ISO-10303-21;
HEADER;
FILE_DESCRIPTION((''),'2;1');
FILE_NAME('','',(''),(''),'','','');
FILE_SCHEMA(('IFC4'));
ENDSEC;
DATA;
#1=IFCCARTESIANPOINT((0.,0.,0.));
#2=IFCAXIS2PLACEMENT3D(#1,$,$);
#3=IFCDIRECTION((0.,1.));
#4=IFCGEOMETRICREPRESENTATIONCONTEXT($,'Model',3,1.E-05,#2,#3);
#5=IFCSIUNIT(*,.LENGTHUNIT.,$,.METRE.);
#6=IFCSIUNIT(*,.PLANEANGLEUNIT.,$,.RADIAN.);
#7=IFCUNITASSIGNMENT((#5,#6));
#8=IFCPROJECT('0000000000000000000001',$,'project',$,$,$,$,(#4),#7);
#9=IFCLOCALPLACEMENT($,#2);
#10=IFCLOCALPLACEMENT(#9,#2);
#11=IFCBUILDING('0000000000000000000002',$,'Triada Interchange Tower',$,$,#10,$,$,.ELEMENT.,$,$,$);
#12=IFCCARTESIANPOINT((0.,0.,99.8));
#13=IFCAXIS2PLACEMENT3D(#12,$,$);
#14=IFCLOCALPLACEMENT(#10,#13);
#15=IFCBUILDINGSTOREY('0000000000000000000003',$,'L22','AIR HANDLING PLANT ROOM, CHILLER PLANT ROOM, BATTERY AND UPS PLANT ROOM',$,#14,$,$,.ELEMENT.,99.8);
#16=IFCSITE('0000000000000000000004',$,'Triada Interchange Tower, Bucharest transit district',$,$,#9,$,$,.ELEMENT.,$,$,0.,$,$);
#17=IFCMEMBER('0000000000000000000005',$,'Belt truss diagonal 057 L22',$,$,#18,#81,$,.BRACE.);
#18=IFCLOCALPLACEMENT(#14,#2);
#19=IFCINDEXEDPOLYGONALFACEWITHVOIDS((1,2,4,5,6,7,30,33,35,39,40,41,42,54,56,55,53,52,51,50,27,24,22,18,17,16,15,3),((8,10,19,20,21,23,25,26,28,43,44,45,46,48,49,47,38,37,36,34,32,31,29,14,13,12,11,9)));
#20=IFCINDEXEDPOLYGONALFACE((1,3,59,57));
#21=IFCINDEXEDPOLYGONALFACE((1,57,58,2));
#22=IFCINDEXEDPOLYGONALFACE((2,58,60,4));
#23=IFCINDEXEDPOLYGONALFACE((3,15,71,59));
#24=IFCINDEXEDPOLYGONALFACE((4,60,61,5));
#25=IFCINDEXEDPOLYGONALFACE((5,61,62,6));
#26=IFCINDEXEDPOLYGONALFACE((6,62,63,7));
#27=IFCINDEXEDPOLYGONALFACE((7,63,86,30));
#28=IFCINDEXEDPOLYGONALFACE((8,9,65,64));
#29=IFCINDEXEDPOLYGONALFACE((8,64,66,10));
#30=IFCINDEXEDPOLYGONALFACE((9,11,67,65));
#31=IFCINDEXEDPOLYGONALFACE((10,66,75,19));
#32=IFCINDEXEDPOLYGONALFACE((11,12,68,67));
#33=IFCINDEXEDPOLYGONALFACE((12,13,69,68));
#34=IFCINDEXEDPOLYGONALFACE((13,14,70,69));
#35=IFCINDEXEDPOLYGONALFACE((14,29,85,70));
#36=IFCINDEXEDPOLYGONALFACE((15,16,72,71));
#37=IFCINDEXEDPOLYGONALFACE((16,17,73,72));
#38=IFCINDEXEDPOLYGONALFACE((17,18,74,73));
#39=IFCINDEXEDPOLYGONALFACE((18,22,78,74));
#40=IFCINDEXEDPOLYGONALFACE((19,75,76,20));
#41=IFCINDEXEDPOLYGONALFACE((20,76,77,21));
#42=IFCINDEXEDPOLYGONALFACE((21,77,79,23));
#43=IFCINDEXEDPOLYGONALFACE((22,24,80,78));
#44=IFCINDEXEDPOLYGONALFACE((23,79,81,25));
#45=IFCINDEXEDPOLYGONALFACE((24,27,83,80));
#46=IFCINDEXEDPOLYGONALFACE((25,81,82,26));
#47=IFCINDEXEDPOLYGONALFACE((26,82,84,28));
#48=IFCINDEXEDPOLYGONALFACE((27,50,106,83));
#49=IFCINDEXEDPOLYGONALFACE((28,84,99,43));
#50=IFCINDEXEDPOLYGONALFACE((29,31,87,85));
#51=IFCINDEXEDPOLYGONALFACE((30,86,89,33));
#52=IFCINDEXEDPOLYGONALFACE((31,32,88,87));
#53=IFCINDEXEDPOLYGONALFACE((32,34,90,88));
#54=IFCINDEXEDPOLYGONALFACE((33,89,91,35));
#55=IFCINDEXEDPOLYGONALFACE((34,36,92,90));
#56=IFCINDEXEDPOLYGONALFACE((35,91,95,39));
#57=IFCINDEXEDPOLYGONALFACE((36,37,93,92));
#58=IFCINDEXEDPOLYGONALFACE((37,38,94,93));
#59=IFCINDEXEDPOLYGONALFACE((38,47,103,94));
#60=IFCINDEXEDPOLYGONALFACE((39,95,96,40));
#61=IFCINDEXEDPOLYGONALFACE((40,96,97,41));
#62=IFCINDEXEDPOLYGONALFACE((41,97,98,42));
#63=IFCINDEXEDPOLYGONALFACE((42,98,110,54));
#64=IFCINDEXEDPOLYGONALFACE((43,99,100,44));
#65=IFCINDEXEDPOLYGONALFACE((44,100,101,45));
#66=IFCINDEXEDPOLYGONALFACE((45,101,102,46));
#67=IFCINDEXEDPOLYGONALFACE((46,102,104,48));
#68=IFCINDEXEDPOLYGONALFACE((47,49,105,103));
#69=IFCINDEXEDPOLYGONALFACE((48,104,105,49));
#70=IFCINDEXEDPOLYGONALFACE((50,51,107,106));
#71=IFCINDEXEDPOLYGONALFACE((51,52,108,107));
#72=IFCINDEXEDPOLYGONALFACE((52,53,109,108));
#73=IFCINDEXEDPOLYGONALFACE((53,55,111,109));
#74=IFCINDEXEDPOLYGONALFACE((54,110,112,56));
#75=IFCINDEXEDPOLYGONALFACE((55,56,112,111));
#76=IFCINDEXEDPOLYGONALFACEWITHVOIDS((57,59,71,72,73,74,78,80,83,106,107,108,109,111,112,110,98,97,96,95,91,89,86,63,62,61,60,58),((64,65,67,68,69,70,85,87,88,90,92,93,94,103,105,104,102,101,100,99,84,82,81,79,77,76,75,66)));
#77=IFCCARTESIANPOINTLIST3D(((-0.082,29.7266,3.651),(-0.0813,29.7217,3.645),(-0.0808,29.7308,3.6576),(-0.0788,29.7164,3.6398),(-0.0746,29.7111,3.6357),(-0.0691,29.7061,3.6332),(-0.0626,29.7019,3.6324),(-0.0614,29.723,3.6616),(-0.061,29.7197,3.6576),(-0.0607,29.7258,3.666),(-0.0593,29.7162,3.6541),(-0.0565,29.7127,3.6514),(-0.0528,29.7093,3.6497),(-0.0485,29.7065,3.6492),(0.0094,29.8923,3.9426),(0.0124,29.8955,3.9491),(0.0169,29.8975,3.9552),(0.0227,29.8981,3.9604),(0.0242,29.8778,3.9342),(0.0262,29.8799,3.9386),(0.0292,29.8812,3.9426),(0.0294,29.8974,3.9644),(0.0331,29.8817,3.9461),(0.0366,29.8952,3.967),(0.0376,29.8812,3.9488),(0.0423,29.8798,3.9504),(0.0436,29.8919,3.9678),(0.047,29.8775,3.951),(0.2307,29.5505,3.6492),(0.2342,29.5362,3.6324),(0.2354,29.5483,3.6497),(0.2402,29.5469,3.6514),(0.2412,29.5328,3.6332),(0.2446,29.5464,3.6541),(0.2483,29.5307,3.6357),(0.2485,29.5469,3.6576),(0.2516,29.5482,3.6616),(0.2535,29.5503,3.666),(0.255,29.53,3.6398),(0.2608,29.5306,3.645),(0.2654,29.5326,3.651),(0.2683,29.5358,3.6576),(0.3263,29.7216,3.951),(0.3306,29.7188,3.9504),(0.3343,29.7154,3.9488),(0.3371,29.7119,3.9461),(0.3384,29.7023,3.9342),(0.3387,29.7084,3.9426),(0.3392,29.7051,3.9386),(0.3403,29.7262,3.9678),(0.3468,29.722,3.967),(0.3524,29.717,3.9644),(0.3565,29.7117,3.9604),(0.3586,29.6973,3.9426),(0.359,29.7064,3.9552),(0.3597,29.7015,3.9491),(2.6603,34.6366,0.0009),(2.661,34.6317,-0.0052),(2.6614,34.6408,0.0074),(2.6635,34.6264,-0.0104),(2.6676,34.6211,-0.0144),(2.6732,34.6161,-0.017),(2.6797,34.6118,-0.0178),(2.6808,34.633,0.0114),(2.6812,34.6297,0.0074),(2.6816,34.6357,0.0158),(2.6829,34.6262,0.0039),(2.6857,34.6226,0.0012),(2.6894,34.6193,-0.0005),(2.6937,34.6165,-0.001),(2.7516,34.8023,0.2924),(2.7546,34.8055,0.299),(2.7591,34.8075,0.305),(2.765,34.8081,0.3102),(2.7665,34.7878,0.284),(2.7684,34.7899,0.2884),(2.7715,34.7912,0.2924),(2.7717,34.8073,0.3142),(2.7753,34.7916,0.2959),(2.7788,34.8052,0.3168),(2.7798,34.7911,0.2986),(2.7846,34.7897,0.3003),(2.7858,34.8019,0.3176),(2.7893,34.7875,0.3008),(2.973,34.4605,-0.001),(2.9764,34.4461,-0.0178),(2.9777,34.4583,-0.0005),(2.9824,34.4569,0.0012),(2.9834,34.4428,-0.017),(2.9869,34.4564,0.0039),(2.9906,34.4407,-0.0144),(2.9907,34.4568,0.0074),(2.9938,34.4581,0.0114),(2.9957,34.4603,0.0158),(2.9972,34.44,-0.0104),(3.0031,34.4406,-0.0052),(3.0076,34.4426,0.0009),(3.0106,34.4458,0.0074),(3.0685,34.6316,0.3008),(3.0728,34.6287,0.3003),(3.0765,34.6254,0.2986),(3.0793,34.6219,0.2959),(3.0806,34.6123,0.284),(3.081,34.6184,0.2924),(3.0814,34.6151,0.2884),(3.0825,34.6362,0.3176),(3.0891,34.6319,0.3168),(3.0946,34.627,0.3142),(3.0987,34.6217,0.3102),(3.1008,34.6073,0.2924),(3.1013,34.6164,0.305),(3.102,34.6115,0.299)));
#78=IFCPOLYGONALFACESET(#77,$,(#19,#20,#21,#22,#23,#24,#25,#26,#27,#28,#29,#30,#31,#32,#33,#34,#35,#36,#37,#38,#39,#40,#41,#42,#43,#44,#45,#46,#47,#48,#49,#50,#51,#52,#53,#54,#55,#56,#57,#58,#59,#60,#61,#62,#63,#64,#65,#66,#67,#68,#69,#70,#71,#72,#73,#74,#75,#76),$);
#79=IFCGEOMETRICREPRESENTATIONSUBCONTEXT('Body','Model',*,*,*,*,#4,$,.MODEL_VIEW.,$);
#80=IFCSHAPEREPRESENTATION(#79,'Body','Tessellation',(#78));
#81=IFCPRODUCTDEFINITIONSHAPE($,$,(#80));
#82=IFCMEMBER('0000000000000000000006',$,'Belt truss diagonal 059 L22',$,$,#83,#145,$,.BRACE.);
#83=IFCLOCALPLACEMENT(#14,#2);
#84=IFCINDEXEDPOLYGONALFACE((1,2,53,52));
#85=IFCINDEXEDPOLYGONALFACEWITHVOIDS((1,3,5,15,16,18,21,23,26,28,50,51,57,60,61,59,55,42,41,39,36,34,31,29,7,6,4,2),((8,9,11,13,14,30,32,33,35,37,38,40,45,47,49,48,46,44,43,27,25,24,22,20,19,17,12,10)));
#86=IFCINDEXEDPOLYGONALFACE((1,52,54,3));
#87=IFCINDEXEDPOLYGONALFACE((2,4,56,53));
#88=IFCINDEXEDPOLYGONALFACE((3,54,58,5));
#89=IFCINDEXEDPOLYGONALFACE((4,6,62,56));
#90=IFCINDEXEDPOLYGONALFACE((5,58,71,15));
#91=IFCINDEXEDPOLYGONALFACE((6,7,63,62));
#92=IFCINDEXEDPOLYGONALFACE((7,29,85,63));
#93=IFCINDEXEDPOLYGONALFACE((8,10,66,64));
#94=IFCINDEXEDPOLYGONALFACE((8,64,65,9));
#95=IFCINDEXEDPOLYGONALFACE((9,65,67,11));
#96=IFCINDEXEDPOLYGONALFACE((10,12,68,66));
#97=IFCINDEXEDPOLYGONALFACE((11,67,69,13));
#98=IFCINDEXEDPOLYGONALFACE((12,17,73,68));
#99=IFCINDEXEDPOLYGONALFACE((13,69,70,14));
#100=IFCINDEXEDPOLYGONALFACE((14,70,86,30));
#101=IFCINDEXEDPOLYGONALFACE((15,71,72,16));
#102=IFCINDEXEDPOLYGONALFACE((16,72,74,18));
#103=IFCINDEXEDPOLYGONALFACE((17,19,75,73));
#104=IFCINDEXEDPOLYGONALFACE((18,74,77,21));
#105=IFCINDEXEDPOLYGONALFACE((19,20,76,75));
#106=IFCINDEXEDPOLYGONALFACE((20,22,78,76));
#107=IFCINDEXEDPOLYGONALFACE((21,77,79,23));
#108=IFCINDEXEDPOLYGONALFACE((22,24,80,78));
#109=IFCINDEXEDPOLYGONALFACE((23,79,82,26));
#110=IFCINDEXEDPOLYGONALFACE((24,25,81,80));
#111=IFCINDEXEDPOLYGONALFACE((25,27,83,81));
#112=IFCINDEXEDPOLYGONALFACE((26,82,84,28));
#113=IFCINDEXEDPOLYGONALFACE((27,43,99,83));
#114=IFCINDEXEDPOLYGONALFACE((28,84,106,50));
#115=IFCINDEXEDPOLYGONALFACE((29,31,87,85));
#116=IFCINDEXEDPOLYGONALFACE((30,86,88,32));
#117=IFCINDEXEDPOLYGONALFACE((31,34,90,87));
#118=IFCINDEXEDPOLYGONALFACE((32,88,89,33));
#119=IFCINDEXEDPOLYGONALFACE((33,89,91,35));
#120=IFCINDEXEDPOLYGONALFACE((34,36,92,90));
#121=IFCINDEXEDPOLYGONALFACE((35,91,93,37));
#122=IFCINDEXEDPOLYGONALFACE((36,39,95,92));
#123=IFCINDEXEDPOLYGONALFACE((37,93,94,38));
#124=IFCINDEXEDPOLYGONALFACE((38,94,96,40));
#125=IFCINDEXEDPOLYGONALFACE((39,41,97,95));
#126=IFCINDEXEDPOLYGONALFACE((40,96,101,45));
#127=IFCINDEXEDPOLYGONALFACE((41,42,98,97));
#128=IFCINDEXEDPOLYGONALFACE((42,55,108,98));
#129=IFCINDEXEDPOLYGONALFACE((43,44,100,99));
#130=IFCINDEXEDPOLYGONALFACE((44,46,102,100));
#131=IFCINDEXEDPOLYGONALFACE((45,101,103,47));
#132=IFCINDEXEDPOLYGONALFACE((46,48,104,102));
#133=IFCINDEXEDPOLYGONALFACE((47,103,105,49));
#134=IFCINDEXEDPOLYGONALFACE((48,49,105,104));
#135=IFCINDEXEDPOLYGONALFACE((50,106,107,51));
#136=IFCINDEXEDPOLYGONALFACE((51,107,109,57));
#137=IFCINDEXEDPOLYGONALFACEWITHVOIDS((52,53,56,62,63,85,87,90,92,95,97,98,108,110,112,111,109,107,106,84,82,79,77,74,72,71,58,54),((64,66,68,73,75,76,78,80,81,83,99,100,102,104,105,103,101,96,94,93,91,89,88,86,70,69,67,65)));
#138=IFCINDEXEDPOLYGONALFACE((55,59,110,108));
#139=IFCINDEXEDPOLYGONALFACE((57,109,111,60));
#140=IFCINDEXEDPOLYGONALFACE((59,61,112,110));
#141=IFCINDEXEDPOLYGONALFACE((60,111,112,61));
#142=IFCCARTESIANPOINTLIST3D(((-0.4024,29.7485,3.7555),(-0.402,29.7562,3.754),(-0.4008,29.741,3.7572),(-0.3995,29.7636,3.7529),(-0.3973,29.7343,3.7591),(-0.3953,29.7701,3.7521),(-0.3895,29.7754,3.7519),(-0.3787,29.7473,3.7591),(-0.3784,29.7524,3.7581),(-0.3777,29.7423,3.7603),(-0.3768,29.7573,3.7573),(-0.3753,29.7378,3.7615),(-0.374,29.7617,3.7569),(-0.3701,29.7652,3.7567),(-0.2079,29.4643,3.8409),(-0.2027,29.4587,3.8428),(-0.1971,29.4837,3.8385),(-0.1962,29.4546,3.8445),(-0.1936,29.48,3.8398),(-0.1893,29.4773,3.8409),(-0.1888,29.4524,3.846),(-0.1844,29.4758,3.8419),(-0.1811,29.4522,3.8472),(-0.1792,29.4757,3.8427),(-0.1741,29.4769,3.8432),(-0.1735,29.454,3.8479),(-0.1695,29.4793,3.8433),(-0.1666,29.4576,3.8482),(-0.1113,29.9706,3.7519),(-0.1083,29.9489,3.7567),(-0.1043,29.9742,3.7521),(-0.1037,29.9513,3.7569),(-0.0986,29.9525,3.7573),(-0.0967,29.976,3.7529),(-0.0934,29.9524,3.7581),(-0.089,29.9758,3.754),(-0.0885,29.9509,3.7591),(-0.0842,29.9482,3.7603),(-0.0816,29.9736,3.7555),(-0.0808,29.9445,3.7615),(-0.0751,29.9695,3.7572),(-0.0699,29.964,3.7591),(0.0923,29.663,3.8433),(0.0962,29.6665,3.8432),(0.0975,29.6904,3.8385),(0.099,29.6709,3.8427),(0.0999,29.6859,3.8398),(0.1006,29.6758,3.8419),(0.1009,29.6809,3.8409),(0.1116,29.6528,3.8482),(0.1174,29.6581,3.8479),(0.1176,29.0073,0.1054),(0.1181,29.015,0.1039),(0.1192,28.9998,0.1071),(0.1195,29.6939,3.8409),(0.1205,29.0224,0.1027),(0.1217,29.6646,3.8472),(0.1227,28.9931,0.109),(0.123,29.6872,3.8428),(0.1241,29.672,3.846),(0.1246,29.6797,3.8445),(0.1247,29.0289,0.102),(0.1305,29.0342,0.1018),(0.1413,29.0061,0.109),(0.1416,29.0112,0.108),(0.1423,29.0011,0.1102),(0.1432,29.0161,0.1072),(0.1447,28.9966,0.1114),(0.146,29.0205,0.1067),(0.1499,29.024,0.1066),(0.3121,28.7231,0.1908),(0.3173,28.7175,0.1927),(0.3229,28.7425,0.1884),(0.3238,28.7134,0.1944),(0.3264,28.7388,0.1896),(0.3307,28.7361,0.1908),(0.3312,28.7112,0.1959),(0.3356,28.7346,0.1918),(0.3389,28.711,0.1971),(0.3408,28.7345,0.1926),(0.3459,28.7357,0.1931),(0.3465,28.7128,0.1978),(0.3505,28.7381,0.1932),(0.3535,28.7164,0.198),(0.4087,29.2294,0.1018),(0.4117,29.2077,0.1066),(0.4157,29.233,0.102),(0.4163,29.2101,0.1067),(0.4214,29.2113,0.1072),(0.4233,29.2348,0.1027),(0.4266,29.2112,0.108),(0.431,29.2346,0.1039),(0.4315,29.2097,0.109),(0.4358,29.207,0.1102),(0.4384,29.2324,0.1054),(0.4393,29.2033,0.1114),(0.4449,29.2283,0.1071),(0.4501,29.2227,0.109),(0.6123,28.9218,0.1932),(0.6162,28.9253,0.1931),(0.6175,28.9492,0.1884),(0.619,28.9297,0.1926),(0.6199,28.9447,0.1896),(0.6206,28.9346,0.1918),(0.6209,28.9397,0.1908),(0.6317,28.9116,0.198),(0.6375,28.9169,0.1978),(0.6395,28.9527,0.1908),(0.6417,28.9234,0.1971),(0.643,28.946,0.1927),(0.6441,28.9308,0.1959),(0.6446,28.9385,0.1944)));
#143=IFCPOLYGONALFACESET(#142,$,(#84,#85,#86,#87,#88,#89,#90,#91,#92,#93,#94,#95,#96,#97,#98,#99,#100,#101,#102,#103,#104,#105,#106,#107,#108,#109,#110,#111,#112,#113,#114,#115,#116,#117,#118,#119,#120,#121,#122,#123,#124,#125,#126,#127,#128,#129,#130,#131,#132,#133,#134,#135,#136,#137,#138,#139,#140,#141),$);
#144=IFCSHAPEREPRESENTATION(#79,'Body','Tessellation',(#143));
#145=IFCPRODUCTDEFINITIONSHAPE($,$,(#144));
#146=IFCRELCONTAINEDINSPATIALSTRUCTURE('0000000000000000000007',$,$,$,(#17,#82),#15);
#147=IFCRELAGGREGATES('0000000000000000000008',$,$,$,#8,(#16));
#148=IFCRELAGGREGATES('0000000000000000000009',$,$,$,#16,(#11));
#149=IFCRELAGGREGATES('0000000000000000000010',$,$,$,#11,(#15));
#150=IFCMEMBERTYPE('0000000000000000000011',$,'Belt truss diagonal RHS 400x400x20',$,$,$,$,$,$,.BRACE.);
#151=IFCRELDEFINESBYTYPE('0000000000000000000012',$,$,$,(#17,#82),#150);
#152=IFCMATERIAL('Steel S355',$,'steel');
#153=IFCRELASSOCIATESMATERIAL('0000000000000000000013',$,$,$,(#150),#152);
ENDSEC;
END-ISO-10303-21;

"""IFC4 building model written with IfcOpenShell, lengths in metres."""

from ifc_helpers import new_model, si_unit, direction, frame, origin, origin_2d, place, context, subcontext, project, spatial, hollow_rectangle, extrude, material, material_profile, profile_set, type_object, element, save


model = new_model("IFC4")

# Units and contexts
model_context = context("Model", 3, precision=1e-05, world=origin(), true_north=direction((0.0, 1.0)))
body_context = subcontext(model_context, "Body", "Model", "MODEL_VIEW")
ifc_project = project(units=[si_unit("LENGTHUNIT", "METRE"), si_unit("PLANEANGLEUNIT", "RADIAN")], contexts=[model_context])

# Site, building, storey
site_placement = place(None, origin())
site = spatial("IfcSite", under=ifc_project, at=site_placement, Name="Triada Interchange Tower, Bucharest transit district", CompositionType="ELEMENT", RefElevation=0.0)
building_placement = place(site_placement, origin())
building = spatial("IfcBuilding", under=site, at=building_placement, Name="Triada Interchange Tower", CompositionType="ELEMENT")
storey_placement = place(building_placement, frame((0.0, 0.0, 99.8)))
storey = spatial("IfcBuildingStorey", under=building, at=storey_placement, Name="L22", Description="AIR HANDLING PLANT ROOM, CHILLER PLANT ROOM, BATTERY AND UPS PLANT ROOM", CompositionType="ELEMENT", Elevation=99.8)

# Members
ifc_material_1 = material(Name="Steel S355", Category="steel")
ifc_material_profile_1 = material_profile(ifc_material_1, hollow_rectangle(XDim=0.3999, YDim=0.3999, WallThickness=0.02, InnerFilletRadius=0.02, OuterFilletRadius=0.03, at=origin_2d()), Name="RHS 400x400x20")
ifc_profile_set_1 = profile_set([ifc_material_profile_1], Name="Steel S355")
member_type_1 = type_object("IfcMemberType", Name="Belt truss diagonal RHS 400x400x20", PredefinedType="BRACE", material=ifc_profile_set_1)
member_1_placement = place(storey_placement, frame((2.8811, 34.624, 0.1499), z_axis=(-0.409007, -0.73233, 0.544432), x_axis=(0.873064, -0.487606, 0.0)))
element("IfcMember", 1, at=member_1_placement, inside=storey, type_object=member_type_1, Name="Belt truss diagonal 057 L22", PredefinedType="BRACE", context=body_context, shape_type="SweptSolid", body=[
    extrude(hollow_rectangle(XDim=0.3999, YDim=0.3999, WallThickness=0.02, InnerFilletRadius=0.02, OuterFilletRadius=0.03, at=origin_2d()), origin(), (0.0, 0.0, 1.0), 6.7046),
])
member_2_placement = place(storey_placement, frame((0.3811, 28.9729, 0.1499), z_axis=(-0.138275, 0.19709, 0.970585), x_axis=(-0.818623, -0.574331, 0.0)))
element("IfcMember", 2, at=member_2_placement, inside=storey, type_object=member_type_1, Name="Belt truss diagonal 059 L22", PredefinedType="BRACE", context=body_context, shape_type="SweptSolid", body=[
    extrude(hollow_rectangle(XDim=0.3999, YDim=0.3999, WallThickness=0.02, InnerFilletRadius=0.02, OuterFilletRadius=0.03, at=origin_2d()), origin(), (0.0, 0.0, 1.0), 3.7607),
])

save(model, "model.ifc")
